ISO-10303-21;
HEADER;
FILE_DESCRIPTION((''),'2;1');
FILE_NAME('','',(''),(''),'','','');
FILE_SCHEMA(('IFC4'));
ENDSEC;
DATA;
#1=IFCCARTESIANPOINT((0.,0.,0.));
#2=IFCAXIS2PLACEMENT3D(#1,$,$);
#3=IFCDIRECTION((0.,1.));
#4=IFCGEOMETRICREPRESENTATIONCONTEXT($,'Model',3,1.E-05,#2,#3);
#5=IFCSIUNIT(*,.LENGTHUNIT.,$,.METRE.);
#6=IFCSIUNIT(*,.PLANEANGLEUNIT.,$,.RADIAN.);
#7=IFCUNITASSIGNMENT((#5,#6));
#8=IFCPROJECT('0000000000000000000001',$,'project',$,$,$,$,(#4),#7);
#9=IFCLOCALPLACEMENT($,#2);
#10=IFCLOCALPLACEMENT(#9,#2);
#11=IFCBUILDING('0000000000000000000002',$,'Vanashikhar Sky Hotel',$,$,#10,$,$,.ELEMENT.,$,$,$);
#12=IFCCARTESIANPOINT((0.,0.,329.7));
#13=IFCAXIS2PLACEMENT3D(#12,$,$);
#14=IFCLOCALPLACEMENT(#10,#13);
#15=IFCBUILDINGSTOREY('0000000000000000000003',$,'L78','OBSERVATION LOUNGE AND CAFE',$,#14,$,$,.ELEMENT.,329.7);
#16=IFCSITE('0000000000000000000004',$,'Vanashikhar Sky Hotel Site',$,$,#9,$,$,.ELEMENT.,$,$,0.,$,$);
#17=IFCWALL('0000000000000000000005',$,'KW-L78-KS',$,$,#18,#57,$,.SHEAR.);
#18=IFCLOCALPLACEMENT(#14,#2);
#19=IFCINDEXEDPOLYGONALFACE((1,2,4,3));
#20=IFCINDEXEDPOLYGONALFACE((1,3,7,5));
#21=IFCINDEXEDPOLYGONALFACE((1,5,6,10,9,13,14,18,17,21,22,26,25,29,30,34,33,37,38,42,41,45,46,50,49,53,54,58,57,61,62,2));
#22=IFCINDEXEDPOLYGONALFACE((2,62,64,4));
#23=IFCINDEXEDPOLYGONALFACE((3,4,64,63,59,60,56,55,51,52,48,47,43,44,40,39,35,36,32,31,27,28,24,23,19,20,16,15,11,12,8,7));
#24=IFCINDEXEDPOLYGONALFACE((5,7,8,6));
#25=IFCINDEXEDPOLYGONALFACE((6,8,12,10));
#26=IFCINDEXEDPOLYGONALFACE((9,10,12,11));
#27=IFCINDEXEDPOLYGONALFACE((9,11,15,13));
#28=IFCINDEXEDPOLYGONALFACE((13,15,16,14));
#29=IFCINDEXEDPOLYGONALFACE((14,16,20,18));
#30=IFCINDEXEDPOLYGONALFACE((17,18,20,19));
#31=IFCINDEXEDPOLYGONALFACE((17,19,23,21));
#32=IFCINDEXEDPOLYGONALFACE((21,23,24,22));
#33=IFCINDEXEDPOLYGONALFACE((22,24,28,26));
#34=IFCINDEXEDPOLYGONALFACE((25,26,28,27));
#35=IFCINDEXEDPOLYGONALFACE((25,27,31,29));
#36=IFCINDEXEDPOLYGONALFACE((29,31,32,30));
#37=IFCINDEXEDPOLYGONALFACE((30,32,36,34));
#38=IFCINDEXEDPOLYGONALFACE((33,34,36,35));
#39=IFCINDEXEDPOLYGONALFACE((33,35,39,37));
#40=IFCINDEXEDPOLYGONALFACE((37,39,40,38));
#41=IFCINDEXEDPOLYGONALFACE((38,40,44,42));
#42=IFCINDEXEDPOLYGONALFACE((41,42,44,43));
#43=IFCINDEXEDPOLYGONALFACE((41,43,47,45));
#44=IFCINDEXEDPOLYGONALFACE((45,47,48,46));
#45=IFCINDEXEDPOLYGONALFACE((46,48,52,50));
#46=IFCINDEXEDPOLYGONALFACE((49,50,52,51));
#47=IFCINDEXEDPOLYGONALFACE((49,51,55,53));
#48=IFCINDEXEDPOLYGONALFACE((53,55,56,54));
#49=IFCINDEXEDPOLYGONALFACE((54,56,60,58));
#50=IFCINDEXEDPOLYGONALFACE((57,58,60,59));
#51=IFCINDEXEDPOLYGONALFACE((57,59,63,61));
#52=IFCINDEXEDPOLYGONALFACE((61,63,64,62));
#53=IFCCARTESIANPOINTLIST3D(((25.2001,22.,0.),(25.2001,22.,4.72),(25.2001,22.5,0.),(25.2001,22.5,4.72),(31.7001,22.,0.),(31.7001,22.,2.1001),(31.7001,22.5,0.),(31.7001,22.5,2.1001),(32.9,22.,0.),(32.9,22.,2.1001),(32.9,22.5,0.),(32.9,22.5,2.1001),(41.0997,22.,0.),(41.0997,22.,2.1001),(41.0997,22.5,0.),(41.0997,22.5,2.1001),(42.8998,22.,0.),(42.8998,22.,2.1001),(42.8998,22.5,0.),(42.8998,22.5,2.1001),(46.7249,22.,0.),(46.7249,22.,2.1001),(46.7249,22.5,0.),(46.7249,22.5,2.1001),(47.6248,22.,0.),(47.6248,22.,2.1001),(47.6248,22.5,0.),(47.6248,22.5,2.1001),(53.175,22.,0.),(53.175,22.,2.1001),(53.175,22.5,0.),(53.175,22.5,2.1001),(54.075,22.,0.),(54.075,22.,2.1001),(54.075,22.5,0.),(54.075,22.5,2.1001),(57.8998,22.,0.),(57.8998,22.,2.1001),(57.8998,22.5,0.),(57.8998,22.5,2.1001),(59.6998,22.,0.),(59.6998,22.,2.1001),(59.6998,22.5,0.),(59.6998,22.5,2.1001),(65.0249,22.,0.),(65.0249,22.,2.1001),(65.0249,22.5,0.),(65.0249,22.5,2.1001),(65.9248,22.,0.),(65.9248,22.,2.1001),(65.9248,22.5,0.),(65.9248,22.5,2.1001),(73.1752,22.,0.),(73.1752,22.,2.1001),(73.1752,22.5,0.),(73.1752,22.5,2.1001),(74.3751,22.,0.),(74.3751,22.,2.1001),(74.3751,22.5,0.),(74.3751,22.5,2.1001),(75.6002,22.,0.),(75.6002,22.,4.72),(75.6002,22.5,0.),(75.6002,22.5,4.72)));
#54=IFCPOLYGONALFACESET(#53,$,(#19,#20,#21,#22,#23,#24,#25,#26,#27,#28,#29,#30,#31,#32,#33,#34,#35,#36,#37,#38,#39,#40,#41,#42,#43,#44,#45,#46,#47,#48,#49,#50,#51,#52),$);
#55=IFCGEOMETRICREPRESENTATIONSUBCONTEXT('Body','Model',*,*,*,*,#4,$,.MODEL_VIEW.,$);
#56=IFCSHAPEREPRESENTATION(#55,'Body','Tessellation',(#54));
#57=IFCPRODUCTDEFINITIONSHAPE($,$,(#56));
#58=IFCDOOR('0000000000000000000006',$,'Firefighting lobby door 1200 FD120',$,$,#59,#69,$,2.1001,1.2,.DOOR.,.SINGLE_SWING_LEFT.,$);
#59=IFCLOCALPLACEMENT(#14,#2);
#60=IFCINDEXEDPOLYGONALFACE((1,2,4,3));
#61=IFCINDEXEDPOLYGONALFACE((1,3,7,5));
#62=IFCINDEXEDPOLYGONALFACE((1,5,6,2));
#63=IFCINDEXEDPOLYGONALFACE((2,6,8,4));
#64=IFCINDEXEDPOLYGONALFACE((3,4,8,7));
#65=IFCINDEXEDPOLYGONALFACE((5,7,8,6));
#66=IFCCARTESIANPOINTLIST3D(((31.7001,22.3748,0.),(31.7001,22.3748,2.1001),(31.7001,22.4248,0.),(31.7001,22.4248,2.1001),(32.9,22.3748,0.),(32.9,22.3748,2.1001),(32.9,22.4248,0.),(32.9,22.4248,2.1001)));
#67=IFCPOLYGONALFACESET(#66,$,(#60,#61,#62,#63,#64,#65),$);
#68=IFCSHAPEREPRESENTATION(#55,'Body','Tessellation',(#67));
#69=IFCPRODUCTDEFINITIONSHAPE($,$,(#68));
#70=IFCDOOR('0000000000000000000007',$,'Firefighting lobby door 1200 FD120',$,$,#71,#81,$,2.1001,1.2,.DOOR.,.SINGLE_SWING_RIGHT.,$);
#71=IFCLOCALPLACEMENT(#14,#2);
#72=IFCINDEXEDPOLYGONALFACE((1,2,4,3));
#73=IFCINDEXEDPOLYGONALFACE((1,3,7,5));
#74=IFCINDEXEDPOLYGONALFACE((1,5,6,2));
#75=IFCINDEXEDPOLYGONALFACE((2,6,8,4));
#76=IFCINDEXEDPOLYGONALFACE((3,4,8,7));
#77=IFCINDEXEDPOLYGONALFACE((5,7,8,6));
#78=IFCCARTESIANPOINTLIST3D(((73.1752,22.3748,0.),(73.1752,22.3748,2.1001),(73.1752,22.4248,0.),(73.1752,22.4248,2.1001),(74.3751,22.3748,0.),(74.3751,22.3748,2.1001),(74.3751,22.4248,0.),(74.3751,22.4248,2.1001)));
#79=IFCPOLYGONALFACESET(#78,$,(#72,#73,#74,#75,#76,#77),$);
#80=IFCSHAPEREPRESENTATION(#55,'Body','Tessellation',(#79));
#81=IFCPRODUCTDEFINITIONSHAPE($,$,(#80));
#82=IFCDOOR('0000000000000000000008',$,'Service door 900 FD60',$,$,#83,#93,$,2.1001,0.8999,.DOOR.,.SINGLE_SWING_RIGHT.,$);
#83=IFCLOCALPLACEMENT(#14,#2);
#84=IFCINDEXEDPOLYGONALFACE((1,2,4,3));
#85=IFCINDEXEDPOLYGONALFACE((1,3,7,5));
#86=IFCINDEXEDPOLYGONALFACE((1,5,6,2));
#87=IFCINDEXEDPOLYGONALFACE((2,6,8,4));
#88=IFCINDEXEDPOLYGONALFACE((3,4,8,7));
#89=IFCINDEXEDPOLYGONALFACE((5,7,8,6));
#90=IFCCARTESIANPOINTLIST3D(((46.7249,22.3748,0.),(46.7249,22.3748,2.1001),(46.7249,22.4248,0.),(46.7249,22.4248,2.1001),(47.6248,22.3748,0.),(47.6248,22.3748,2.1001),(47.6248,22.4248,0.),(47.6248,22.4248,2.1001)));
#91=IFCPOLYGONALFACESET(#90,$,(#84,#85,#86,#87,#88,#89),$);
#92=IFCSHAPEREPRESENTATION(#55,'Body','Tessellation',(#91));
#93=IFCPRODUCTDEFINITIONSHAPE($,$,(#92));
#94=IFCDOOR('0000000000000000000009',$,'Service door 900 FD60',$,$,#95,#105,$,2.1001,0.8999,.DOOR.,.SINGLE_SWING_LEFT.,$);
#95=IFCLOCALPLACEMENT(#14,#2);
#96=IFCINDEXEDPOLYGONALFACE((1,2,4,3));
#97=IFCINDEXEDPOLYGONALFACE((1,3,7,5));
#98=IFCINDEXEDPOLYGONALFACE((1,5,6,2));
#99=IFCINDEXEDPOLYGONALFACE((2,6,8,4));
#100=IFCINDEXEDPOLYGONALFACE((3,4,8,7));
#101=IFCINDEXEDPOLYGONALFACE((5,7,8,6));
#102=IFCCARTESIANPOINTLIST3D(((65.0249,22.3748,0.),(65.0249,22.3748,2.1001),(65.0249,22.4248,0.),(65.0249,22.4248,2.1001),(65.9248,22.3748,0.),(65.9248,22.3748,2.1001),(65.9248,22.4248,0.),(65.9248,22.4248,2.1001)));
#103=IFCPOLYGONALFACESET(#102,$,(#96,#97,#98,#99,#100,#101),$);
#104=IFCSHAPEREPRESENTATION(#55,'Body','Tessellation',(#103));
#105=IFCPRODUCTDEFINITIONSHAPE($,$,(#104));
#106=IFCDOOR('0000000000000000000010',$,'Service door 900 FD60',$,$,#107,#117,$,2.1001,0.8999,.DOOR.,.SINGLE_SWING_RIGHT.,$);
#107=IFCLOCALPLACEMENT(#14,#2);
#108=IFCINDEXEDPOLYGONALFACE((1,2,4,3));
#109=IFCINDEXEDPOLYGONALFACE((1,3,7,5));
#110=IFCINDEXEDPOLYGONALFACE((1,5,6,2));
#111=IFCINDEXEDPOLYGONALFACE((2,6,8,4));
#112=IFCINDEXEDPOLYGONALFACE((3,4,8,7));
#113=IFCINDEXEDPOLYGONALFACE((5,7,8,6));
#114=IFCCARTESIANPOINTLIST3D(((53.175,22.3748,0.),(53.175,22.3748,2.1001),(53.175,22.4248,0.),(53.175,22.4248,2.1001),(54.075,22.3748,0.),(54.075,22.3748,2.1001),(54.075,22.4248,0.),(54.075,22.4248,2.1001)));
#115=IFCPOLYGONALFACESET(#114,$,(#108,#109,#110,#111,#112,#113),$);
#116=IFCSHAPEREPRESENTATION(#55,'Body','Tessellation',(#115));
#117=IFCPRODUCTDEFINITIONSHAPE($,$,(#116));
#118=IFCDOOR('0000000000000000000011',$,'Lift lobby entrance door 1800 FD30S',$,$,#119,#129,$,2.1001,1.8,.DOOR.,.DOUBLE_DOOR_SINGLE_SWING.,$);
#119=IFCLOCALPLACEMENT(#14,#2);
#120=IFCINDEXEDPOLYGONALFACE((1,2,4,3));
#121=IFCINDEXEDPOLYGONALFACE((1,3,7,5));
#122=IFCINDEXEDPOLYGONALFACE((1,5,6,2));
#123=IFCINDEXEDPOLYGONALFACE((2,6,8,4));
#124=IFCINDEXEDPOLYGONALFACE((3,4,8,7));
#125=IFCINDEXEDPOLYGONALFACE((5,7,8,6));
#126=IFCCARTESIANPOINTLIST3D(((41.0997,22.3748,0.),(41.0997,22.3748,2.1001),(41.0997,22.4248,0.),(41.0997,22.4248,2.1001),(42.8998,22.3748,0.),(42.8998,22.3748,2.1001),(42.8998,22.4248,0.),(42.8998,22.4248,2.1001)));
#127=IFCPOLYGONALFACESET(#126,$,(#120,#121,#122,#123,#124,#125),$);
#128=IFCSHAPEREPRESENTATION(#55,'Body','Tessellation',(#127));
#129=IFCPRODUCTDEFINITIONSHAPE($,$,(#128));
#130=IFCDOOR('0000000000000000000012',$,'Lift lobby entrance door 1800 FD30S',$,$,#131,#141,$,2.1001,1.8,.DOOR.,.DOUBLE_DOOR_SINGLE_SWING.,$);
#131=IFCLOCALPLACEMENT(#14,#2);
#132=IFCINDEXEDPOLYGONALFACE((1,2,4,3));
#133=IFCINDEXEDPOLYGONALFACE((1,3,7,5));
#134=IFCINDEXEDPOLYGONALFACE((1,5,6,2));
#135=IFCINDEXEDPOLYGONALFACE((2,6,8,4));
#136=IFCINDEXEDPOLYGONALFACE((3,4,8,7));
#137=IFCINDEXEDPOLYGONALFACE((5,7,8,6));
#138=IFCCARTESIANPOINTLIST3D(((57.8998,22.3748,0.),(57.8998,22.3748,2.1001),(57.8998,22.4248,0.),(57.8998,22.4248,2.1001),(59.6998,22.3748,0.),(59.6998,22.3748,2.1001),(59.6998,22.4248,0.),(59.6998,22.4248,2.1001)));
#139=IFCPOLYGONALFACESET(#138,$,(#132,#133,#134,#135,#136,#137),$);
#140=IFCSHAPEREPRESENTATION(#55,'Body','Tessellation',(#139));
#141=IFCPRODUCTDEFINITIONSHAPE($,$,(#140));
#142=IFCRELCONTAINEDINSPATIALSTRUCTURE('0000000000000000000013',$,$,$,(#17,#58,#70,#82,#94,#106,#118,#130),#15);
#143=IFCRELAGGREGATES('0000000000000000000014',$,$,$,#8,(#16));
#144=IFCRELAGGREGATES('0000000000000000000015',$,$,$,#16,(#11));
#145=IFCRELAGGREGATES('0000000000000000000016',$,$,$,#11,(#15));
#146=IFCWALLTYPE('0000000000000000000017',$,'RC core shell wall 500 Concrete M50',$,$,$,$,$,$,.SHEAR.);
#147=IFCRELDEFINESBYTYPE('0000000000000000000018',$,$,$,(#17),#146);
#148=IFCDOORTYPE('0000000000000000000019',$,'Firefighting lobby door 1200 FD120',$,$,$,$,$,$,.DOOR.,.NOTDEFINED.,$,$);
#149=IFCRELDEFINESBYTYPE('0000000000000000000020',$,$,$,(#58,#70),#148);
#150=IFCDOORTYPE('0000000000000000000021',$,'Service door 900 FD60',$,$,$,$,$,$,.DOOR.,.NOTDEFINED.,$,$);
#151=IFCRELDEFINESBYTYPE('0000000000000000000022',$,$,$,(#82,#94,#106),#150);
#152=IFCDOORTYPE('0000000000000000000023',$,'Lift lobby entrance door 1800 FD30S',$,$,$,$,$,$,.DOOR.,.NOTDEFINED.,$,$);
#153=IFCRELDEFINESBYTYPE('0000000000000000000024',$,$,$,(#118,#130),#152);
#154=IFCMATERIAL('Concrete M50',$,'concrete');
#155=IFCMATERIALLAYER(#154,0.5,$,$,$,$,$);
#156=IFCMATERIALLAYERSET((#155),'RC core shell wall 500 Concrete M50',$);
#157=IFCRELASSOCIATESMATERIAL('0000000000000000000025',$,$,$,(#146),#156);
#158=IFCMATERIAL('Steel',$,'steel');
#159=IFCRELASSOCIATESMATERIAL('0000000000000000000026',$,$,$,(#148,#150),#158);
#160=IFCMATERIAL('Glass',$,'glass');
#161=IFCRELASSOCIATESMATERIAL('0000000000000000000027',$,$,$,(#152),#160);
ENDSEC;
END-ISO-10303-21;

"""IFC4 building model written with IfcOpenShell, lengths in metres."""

from ifc_helpers import new_model, si_unit, direction, frame, frame_2d, origin, place, context, subcontext, project, spatial, rectangle, extrude, source, transform, mapped, material, layer, layer_set, type_object, element, fill, save


model = new_model("IFC4")

# Units and contexts
model_context = context("Model", 3, precision=1e-05, world=origin(), true_north=direction((0.0, 1.0)))
body_context = subcontext(model_context, "Body", "Model", "MODEL_VIEW")
ifc_project = project(units=[si_unit("LENGTHUNIT", "METRE"), si_unit("PLANEANGLEUNIT", "RADIAN")], contexts=[model_context])

# Site, building, storey
site_placement = place(None, origin())
site = spatial("IfcSite", under=ifc_project, at=site_placement, Name="Vanashikhar Sky Hotel Site", CompositionType="ELEMENT", RefElevation=0.0)
building_placement = place(site_placement, origin())
building = spatial("IfcBuilding", under=site, at=building_placement, Name="Vanashikhar Sky Hotel", CompositionType="ELEMENT")
storey_placement = place(building_placement, frame((0.0, 0.0, 329.7)))
storey = spatial("IfcBuildingStorey", under=building, at=storey_placement, Name="L78", Description="OBSERVATION LOUNGE AND CAFE", CompositionType="ELEMENT", Elevation=329.7)

# Shared definitions
ifc_material_1 = material(Name="Glass", Category="glass")

# Wall, openings, doors
ifc_material_2 = material(Name="Concrete M50", Category="concrete")
ifc_layer_1 = layer(ifc_material_2, 0.5)
ifc_layer_set_1 = layer_set([ifc_layer_1], Name="RC core shell wall 500 Concrete M50")
wall_type_1 = type_object("IfcWallType", Name="RC core shell wall 500 Concrete M50", PredefinedType="SHEAR", material=ifc_layer_set_1)
shared_shape_1 = source(origin(), body_context, "Body", "SweptSolid", [
    extrude(rectangle(XDim=50.4001, YDim=0.5, at=frame_2d((25.2002, 0.0))), origin(), (0.0, 0.0, 1.0), 4.72),
])
wall_1_placement = place(storey_placement, frame((25.2, 22.25, 0.0), z_axis=(0.0, 0.0, 1.0), x_axis=(1.0, 0.0, 0.0)))
wall_1 = element("IfcWall", 1, at=wall_1_placement, inside=storey, type_object=wall_type_1, Name="KW-L78-KS", PredefinedType="SHEAR", context=body_context, shape_type="MappedRepresentation", body=[
    mapped(shared_shape_1, transform((0.0, 0.0, 0.0), scale=1.0)),
])
shared_shape_2 = source(origin(), body_context, "Body", "SweptSolid", [
    extrude(rectangle(XDim=1.8, YDim=2.1001, at=frame_2d((0.8999, 1.05))), frame((0.0, 0.26, 0.0), z_axis=(0.0, -1.0, 0.0), x_axis=(1.0, 0.0, 0.0)), (0.0, 0.0, 1.0), 0.52),
])
opening_1_placement = place(wall_1_placement, frame((15.8999, 0.0, 0.0)))
opening_1 = element("IfcOpeningElement", 2, at=opening_1_placement, cuts=wall_1, PredefinedType="OPENING", context=body_context, shape_type="MappedRepresentation", body=[
    mapped(shared_shape_2, transform((0.0, 0.0, 0.0), scale=1.0)),
])
shared_shape_3 = source(origin(), body_context, "Body", "SweptSolid", [
    extrude(rectangle(XDim=0.8999, YDim=2.1001, at=frame_2d((0.45, 1.05))), frame((0.0, 0.26, 0.0), z_axis=(0.0, -1.0, 0.0), x_axis=(1.0, 0.0, 0.0)), (0.0, 0.0, 1.0), 0.52),
])
opening_2_placement = place(wall_1_placement, frame((21.5249, 0.0, 0.0)))
opening_2 = element("IfcOpeningElement", 3, at=opening_2_placement, cuts=wall_1, PredefinedType="OPENING", context=body_context, shape_type="MappedRepresentation", body=[
    mapped(shared_shape_3, transform((0.0, 0.0, 0.0), scale=1.0)),
])
opening_3_placement = place(wall_1_placement, frame((32.7, 0.0, 0.0)))
opening_3 = element("IfcOpeningElement", 4, at=opening_3_placement, cuts=wall_1, PredefinedType="OPENING", context=body_context, shape_type="MappedRepresentation", body=[
    mapped(shared_shape_2, transform((0.0, 0.0, 0.0), scale=1.0)),
])
opening_4_placement = place(wall_1_placement, frame((39.825, 0.0, 0.0)))
opening_4 = element("IfcOpeningElement", 5, at=opening_4_placement, cuts=wall_1, PredefinedType="OPENING", context=body_context, shape_type="MappedRepresentation", body=[
    mapped(shared_shape_3, transform((0.0, 0.0, 0.0), scale=1.0)),
])
opening_5_placement = place(wall_1_placement, frame((27.9751, 0.0, 0.0)))
opening_5 = element("IfcOpeningElement", 6, at=opening_5_placement, cuts=wall_1, PredefinedType="OPENING", context=body_context, shape_type="MappedRepresentation", body=[
    mapped(shared_shape_3, transform((0.0, 0.0, 0.0), scale=1.0)),
])
shared_shape_4 = source(origin(), body_context, "Body", "SweptSolid", [
    extrude(rectangle(XDim=1.2, YDim=2.1001, at=frame_2d((0.6001, 1.05))), frame((0.0, 0.26, 0.0), z_axis=(0.0, -1.0, 0.0), x_axis=(1.0, 0.0, 0.0)), (0.0, 0.0, 1.0), 0.52),
])
opening_6_placement = place(wall_1_placement, frame((6.5, 0.0, 0.0)))
opening_6 = element("IfcOpeningElement", 7, at=opening_6_placement, cuts=wall_1, PredefinedType="OPENING", context=body_context, shape_type="MappedRepresentation", body=[
    mapped(shared_shape_4, transform((0.0, 0.0, 0.0), scale=1.0)),
])
opening_7_placement = place(wall_1_placement, frame((47.9751, 0.0, 0.0)))
opening_7 = element("IfcOpeningElement", 8, at=opening_7_placement, cuts=wall_1, PredefinedType="OPENING", context=body_context, shape_type="MappedRepresentation", body=[
    mapped(shared_shape_4, transform((0.0, 0.0, 0.0), scale=1.0)),
])
ifc_material_3 = material(Name="Steel", Category="steel")
door_type_1 = type_object("IfcDoorType", Name="Firefighting lobby door 1200 FD120", OperationType="NOTDEFINED", PredefinedType="DOOR", material=ifc_material_3)
shared_shape_5 = source(origin(), body_context, "Body", "SweptSolid", [
    extrude(rectangle(XDim=1.2, YDim=2.1001, at=frame_2d((0.6001, 1.05))), frame((0.0, 0.1748, 0.0), z_axis=(0.0, -1.0, 0.0), x_axis=(1.0, 0.0, 0.0)), (0.0, 0.0, 1.0), 0.05),
])
door_1_placement = place(opening_6_placement, origin())
door_1 = element("IfcDoor", 9, at=door_1_placement, inside=storey, type_object=door_type_1, Name="Firefighting lobby door 1200 FD120", OperationType="SINGLE_SWING_LEFT", OverallHeight=2.1001, OverallWidth=1.2, PredefinedType="DOOR", context=body_context, shape_type="MappedRepresentation", body=[
    mapped(shared_shape_5, transform((0.0, 0.0, 0.0), scale=1.0)),
])
fill(opening_6, door_1)
door_2_placement = place(opening_7_placement, origin())
door_2 = element("IfcDoor", 10, at=door_2_placement, inside=storey, type_object=door_type_1, Name="Firefighting lobby door 1200 FD120", OperationType="SINGLE_SWING_RIGHT", OverallHeight=2.1001, OverallWidth=1.2, PredefinedType="DOOR", context=body_context, shape_type="MappedRepresentation", body=[
    mapped(shared_shape_5, transform((0.0, 0.0, 0.0), scale=1.0)),
])
fill(opening_7, door_2)
door_type_2 = type_object("IfcDoorType", Name="Service door 900 FD60", OperationType="NOTDEFINED", PredefinedType="DOOR", material=ifc_material_3)
shared_shape_6 = source(origin(), body_context, "Body", "SweptSolid", [
    extrude(rectangle(XDim=0.8999, YDim=2.1001, at=frame_2d((0.45, 1.05))), frame((0.0, 0.1748, 0.0), z_axis=(0.0, -1.0, 0.0), x_axis=(1.0, 0.0, 0.0)), (0.0, 0.0, 1.0), 0.05),
])
door_3_placement = place(opening_2_placement, origin())
door_3 = element("IfcDoor", 11, at=door_3_placement, inside=storey, type_object=door_type_2, Name="Service door 900 FD60", OperationType="SINGLE_SWING_RIGHT", OverallHeight=2.1001, OverallWidth=0.8999, PredefinedType="DOOR", context=body_context, shape_type="MappedRepresentation", body=[
    mapped(shared_shape_6, transform((0.0, 0.0, 0.0), scale=1.0)),
])
fill(opening_2, door_3)
door_4_placement = place(opening_4_placement, origin())
door_4 = element("IfcDoor", 12, at=door_4_placement, inside=storey, type_object=door_type_2, Name="Service door 900 FD60", OperationType="SINGLE_SWING_LEFT", OverallHeight=2.1001, OverallWidth=0.8999, PredefinedType="DOOR", context=body_context, shape_type="MappedRepresentation", body=[
    mapped(shared_shape_6, transform((0.0, 0.0, 0.0), scale=1.0)),
])
fill(opening_4, door_4)
door_5_placement = place(opening_5_placement, origin())
door_5 = element("IfcDoor", 13, at=door_5_placement, inside=storey, type_object=door_type_2, Name="Service door 900 FD60", OperationType="SINGLE_SWING_RIGHT", OverallHeight=2.1001, OverallWidth=0.8999, PredefinedType="DOOR", context=body_context, shape_type="MappedRepresentation", body=[
    mapped(shared_shape_6, transform((0.0, 0.0, 0.0), scale=1.0)),
])
fill(opening_5, door_5)
door_type_3 = type_object("IfcDoorType", Name="Lift lobby entrance door 1800 FD30S", OperationType="NOTDEFINED", PredefinedType="DOOR", material=ifc_material_1)
shared_shape_7 = source(origin(), body_context, "Body", "SweptSolid", [
    extrude(rectangle(XDim=1.8, YDim=2.1001, at=frame_2d((0.8999, 1.05))), frame((0.0, 0.1748, 0.0), z_axis=(0.0, -1.0, 0.0), x_axis=(1.0, 0.0, 0.0)), (0.0, 0.0, 1.0), 0.05),
])
door_6_placement = place(opening_1_placement, origin())
door_6 = element("IfcDoor", 14, at=door_6_placement, inside=storey, type_object=door_type_3, Name="Lift lobby entrance door 1800 FD30S", OperationType="DOUBLE_DOOR_SINGLE_SWING", OverallHeight=2.1001, OverallWidth=1.8, PredefinedType="DOOR", context=body_context, shape_type="MappedRepresentation", body=[
    mapped(shared_shape_7, transform((0.0, 0.0, 0.0), scale=1.0)),
])
fill(opening_1, door_6)
door_7_placement = place(opening_3_placement, origin())
door_7 = element("IfcDoor", 15, at=door_7_placement, inside=storey, type_object=door_type_3, Name="Lift lobby entrance door 1800 FD30S", OperationType="DOUBLE_DOOR_SINGLE_SWING", OverallHeight=2.1001, OverallWidth=1.8, PredefinedType="DOOR", context=body_context, shape_type="MappedRepresentation", body=[
    mapped(shared_shape_7, transform((0.0, 0.0, 0.0), scale=1.0)),
])
fill(opening_3, door_7)

save(model, "model.ifc")
